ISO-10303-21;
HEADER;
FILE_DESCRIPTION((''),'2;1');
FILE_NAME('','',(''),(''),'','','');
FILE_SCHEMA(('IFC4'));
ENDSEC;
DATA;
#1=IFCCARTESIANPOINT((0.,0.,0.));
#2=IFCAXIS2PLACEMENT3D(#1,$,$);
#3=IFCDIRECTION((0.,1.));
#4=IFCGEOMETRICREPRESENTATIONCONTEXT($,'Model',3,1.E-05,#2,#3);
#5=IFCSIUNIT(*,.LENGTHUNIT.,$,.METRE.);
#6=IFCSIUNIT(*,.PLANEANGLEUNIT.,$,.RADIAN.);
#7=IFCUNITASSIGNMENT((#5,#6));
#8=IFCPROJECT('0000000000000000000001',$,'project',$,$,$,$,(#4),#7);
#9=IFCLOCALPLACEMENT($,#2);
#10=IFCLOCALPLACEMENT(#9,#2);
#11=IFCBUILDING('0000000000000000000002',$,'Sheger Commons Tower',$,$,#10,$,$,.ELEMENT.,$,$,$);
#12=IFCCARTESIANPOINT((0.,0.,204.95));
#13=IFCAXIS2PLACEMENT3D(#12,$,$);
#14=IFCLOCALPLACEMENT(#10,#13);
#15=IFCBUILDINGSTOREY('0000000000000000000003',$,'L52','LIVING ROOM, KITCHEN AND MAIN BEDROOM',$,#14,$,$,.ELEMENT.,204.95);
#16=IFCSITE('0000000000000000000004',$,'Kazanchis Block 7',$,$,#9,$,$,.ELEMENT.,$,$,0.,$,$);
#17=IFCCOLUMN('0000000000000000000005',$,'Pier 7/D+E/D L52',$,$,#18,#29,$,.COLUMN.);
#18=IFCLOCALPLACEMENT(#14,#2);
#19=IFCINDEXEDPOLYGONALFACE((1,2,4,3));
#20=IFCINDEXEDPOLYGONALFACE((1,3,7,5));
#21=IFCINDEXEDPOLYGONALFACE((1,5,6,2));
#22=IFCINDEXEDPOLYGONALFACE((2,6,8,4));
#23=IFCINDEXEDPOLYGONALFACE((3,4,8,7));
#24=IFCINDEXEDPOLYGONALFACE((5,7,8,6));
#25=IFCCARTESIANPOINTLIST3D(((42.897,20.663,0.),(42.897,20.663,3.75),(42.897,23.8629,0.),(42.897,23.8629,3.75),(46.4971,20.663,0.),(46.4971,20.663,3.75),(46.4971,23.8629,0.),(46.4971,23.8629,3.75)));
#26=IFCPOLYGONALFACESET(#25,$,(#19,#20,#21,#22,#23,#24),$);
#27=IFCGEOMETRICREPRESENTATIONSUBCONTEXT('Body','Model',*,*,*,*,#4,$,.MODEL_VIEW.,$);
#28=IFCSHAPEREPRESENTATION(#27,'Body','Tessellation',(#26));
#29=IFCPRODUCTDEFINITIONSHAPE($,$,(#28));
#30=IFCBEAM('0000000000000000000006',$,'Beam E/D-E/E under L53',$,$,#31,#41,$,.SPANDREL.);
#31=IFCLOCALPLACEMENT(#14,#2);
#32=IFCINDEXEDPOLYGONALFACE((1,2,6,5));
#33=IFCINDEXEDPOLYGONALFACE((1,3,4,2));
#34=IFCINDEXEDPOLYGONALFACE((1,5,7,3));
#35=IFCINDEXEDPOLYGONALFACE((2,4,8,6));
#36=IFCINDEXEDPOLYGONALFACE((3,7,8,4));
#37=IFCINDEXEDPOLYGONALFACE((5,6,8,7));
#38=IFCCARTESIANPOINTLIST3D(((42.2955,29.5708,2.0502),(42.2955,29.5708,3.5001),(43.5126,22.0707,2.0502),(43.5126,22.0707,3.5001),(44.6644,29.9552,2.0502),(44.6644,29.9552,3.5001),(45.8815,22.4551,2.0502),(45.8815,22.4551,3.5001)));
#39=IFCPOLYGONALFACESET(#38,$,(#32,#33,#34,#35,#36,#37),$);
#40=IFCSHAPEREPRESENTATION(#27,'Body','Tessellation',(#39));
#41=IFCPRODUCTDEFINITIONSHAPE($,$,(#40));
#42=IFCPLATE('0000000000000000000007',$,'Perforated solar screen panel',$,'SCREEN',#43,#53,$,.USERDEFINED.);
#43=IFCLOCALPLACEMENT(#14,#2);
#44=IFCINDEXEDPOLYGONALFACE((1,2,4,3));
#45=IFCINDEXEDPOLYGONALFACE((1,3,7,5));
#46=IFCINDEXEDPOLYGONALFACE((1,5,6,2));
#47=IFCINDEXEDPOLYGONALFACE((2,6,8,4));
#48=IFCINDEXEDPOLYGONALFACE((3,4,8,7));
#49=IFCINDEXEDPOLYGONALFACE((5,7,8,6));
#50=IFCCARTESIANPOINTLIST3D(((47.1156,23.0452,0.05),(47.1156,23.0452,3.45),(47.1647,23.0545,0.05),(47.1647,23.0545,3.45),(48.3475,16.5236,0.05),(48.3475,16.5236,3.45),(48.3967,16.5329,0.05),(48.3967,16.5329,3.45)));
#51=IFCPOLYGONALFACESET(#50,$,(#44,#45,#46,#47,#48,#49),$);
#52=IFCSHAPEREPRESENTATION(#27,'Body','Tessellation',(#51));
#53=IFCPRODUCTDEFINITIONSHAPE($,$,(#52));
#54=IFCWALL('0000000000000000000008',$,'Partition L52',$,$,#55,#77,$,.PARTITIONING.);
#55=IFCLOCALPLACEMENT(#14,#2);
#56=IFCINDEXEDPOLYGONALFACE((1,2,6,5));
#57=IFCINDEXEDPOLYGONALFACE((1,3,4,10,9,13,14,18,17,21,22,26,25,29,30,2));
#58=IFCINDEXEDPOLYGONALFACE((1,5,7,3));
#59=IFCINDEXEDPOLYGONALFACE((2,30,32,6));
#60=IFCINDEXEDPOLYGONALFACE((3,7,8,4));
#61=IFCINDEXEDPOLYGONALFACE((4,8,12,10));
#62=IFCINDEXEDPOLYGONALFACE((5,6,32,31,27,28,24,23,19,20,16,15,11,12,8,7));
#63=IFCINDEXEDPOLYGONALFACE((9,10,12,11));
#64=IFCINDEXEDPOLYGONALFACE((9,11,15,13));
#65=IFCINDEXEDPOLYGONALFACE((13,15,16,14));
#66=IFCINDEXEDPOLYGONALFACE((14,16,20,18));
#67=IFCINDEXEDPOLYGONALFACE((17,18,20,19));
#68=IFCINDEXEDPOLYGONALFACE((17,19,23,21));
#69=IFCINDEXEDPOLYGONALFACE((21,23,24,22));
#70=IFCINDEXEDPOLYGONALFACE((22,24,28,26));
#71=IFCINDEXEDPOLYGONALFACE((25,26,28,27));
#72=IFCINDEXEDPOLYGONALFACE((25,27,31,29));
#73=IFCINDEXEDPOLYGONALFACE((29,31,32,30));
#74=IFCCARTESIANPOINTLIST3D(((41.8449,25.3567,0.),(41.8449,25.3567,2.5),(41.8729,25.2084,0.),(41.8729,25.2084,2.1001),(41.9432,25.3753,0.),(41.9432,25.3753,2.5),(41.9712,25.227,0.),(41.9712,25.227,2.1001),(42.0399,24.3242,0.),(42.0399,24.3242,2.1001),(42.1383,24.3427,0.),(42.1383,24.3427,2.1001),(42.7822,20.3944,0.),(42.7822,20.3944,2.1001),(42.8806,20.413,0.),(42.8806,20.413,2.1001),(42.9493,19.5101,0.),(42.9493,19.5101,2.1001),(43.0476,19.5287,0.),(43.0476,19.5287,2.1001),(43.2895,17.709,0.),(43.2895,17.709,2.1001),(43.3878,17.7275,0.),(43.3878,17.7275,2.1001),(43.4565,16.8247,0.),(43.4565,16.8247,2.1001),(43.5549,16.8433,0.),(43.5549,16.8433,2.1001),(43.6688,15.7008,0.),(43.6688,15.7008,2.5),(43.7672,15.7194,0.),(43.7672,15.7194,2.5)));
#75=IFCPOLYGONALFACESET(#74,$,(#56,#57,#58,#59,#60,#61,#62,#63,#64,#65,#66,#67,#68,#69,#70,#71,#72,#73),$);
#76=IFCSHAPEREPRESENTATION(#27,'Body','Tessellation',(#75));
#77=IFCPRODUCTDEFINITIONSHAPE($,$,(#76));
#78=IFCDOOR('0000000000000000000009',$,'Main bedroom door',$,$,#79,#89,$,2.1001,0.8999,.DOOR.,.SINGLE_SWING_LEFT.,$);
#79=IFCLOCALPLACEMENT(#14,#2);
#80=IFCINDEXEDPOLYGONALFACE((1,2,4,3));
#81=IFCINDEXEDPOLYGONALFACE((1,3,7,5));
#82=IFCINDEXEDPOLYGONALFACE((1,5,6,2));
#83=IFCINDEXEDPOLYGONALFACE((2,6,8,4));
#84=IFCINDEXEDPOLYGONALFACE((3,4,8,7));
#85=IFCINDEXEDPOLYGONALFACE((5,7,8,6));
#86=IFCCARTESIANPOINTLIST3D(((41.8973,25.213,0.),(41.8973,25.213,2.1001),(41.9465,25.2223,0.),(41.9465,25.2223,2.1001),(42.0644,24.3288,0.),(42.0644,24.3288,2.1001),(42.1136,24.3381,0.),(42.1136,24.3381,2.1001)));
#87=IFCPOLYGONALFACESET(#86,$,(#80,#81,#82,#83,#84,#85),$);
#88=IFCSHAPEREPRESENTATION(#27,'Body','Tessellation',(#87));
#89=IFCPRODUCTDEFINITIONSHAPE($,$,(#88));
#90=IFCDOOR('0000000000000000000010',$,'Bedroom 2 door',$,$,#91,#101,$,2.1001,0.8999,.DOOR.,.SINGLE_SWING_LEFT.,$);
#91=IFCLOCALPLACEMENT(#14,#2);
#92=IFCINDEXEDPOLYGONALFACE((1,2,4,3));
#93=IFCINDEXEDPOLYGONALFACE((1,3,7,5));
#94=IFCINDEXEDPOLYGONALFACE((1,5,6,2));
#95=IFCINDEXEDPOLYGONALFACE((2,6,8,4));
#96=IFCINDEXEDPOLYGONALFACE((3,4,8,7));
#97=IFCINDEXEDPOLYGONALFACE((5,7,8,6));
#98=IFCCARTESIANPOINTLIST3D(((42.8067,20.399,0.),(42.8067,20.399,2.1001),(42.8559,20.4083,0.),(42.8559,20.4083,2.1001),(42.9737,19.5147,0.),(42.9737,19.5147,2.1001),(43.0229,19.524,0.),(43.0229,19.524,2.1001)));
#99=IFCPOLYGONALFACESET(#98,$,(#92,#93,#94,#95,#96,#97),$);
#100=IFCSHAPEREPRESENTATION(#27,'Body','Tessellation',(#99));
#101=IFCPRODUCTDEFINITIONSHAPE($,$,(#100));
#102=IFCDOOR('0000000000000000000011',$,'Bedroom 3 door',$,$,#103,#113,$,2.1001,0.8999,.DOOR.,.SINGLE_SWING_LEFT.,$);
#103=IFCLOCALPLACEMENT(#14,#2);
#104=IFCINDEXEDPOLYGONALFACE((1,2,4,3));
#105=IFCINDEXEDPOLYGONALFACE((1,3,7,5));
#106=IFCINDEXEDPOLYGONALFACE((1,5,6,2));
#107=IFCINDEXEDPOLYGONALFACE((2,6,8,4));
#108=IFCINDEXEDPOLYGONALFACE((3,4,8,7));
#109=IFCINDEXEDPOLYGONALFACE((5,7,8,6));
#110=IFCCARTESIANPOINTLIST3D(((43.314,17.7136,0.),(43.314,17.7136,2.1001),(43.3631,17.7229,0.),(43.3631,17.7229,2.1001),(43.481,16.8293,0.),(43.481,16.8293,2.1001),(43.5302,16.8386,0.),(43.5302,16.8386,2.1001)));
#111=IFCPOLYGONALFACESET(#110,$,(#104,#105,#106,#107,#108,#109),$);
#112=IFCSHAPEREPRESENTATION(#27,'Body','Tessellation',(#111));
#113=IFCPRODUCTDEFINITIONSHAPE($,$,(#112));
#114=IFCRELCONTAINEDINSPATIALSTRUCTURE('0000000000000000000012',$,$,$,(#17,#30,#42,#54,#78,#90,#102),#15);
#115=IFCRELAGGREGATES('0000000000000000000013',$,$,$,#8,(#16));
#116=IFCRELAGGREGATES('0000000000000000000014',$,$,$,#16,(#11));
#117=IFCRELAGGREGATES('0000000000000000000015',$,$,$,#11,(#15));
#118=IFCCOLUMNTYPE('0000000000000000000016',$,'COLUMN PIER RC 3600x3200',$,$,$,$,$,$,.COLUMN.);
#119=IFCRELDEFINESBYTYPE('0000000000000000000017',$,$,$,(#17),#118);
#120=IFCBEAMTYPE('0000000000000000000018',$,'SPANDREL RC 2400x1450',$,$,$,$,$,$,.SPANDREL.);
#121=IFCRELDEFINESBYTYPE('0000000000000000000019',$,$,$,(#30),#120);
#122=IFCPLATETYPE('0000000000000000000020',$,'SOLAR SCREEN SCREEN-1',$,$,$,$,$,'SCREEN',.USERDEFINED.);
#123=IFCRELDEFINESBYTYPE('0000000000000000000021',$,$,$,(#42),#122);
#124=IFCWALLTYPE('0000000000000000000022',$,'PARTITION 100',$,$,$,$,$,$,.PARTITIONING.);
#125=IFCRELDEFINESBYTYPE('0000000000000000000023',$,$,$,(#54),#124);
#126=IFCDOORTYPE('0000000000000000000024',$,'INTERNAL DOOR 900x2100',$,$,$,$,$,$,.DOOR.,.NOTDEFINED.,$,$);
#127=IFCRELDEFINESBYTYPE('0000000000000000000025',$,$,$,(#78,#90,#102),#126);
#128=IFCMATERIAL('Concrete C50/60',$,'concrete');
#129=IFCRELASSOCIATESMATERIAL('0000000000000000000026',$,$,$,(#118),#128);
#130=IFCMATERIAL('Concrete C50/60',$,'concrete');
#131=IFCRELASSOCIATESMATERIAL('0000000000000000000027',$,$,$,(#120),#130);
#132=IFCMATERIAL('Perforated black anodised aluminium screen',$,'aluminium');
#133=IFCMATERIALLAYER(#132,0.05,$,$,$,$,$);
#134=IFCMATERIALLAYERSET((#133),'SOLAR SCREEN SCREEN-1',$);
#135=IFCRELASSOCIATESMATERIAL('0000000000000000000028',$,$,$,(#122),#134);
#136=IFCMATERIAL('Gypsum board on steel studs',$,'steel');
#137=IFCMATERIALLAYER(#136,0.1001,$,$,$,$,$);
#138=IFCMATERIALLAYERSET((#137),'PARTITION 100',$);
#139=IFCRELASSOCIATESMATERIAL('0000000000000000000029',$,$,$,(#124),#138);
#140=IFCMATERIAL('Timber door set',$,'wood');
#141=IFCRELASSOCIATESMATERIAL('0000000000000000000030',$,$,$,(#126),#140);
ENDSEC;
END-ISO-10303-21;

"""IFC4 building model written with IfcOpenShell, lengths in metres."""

from ifc_helpers import new_model, si_unit, direction, frame, frame_2d, origin, origin_2d, place, context, subcontext, project, spatial, rectangle, extrude, material, layer, layer_set, material_profile, profile_set, type_object, element, fill, save


model = new_model("IFC4")

# Units and contexts
model_context = context("Model", 3, precision=1e-05, world=origin(), true_north=direction((0.0, 1.0)))
body_context = subcontext(model_context, "Body", "Model", "MODEL_VIEW")
ifc_project = project(units=[si_unit("LENGTHUNIT", "METRE"), si_unit("PLANEANGLEUNIT", "RADIAN")], contexts=[model_context])

# Site, building, storey
site_placement = place(None, origin())
site = spatial("IfcSite", under=ifc_project, at=site_placement, Name="Kazanchis Block 7", CompositionType="ELEMENT", RefElevation=0.0)
building_placement = place(site_placement, origin())
building = spatial("IfcBuilding", under=site, at=building_placement, Name="Sheger Commons Tower", CompositionType="ELEMENT")
storey_placement = place(building_placement, frame((0.0, 0.0, 204.95)))
storey = spatial("IfcBuildingStorey", under=building, at=storey_placement, Name="L52", Description="LIVING ROOM, KITCHEN AND MAIN BEDROOM", CompositionType="ELEMENT", Elevation=204.95)

# Column
ifc_material_1 = material(Name="Concrete C50/60", Category="concrete")
ifc_material_profile_1 = material_profile(ifc_material_1, rectangle(XDim=3.6001, YDim=3.2, at=origin_2d()), Name="RC 3600x3200")
ifc_profile_set_1 = profile_set([ifc_material_profile_1], Name="Concrete C50/60")
column_type = type_object("IfcColumnType", Name="COLUMN PIER RC 3600x3200", PredefinedType="COLUMN", material=ifc_profile_set_1)
column_placement = place(storey_placement, frame((44.697, 22.2629, 0.0), z_axis=(0.0, 0.0, 1.0), x_axis=(1.0, 0.0, 0.0)))
element("IfcColumn", 1, at=column_placement, inside=storey, type_object=column_type, Name="Pier 7/D+E/D L52", PredefinedType="COLUMN", context=body_context, shape_type="SweptSolid", body=[
    extrude(rectangle(XDim=3.6001, YDim=3.2, at=origin_2d()), origin(), (0.0, 0.0, 1.0), 3.75),
])

# Beam
ifc_material_2 = material(Name="Concrete C50/60", Category="concrete")
ifc_material_profile_2 = material_profile(ifc_material_2, rectangle(XDim=2.3999, YDim=1.45, at=origin_2d()), Name="RC 2400x1450")
ifc_profile_set_2 = profile_set([ifc_material_profile_2], Name="Concrete C50/60")
beam_type = type_object("IfcBeamType", Name="SPANDREL RC 2400x1450", PredefinedType="SPANDREL", material=ifc_profile_set_2)
beam_placement = place(storey_placement, frame((44.697, 22.2629, 2.7751), z_axis=(-0.160177, 0.987088, 0.0), x_axis=(-0.987088, -0.160177, 0.0)))
element("IfcBeam", 2, at=beam_placement, inside=storey, type_object=beam_type, Name="Beam E/D-E/E under L53", PredefinedType="SPANDREL", context=body_context, shape_type="SweptSolid", body=[
    extrude(rectangle(XDim=2.3999, YDim=1.45, at=origin_2d()), origin(), (0.0, 0.0, 1.0), 7.5981),
])

# Plate
ifc_material_3 = material(Name="Perforated black anodised aluminium screen", Category="aluminium")
ifc_layer_1 = layer(ifc_material_3, 0.05)
ifc_layer_set_1 = layer_set([ifc_layer_1], Name="SOLAR SCREEN SCREEN-1")
plate_type = type_object("IfcPlateType", Name="SOLAR SCREEN SCREEN-1", ElementType="SCREEN", PredefinedType="USERDEFINED", material=ifc_layer_set_1)
plate_placement = place(storey_placement, frame((47.7561, 19.7891, 0.05), z_axis=(0.0, 0.0, 1.0), x_axis=(-0.185615, 0.982623, 0.0)))
element("IfcPlate", 3, at=plate_placement, inside=storey, type_object=plate_type, Name="Perforated solar screen panel", ObjectType="SCREEN", PredefinedType="USERDEFINED", context=body_context, shape_type="SweptSolid", body=[
    extrude(rectangle(XDim=6.637, YDim=0.05, at=origin_2d()), origin(), (0.0, 0.0, 1.0), 3.3999),
])

# Wall, openings, doors
ifc_material_4 = material(Name="Gypsum board on steel studs", Category="steel")
ifc_layer_2 = layer(ifc_material_4, 0.1001)
ifc_layer_set_2 = layer_set([ifc_layer_2], Name="PARTITION 100")
wall_type = type_object("IfcWallType", Name="PARTITION 100", PredefinedType="PARTITIONING", material=ifc_layer_set_2)
wall_1_placement = place(storey_placement, frame((41.894, 25.366, 0.0), z_axis=(0.0, 0.0, 1.0), x_axis=(0.185613, -0.982623, 0.0)))
wall_1 = element("IfcWall", 4, at=wall_1_placement, inside=storey, type_object=wall_type, Name="Partition L52", PredefinedType="PARTITIONING", context=body_context, shape_type="SweptSolid", body=[
    extrude(rectangle(XDim=9.8267, YDim=0.1001, at=frame_2d((4.9133, 0.0))), origin(), (0.0, 0.0, 1.0), 2.5),
])
opening_1_placement = place(wall_1_placement, frame((0.1509, 0.0, 0.0)))
opening_1 = element("IfcOpeningElement", 5, at=opening_1_placement, cuts=wall_1, PredefinedType="OPENING", context=body_context, shape_type="SweptSolid", body=[
    extrude(rectangle(XDim=0.8999, YDim=2.1001, at=frame_2d((0.45, 1.05))), frame((0.0, 0.0601, 0.0), z_axis=(0.0, -1.0, 0.0), x_axis=(1.0, 0.0, 0.0)), (0.0, 0.0, 1.0), 0.1201),
])
opening_2_placement = place(wall_1_placement, frame((5.05, 0.0, 0.0)))
opening_2 = element("IfcOpeningElement", 6, at=opening_2_placement, cuts=wall_1, PredefinedType="OPENING", context=body_context, shape_type="SweptSolid", body=[
    extrude(rectangle(XDim=0.8999, YDim=2.1001, at=frame_2d((0.45, 1.05))), frame((0.0, 0.0601, 0.0), z_axis=(0.0, -1.0, 0.0), x_axis=(1.0, 0.0, 0.0)), (0.0, 0.0, 1.0), 0.1201),
])
opening_3_placement = place(wall_1_placement, frame((7.783, 0.0, 0.0)))
opening_3 = element("IfcOpeningElement", 7, at=opening_3_placement, cuts=wall_1, PredefinedType="OPENING", context=body_context, shape_type="SweptSolid", body=[
    extrude(rectangle(XDim=0.8999, YDim=2.1001, at=frame_2d((0.45, 1.05))), frame((0.0, 0.0601, 0.0), z_axis=(0.0, -1.0, 0.0), x_axis=(1.0, 0.0, 0.0)), (0.0, 0.0, 1.0), 0.1201),
])
ifc_material_5 = material(Name="Timber door set", Category="wood")
door_type = type_object("IfcDoorType", Name="INTERNAL DOOR 900x2100", OperationType="NOTDEFINED", PredefinedType="DOOR", material=ifc_material_5)
door_1_placement = place(opening_1_placement, origin())
door_1 = element("IfcDoor", 8, at=door_1_placement, inside=storey, type_object=door_type, Name="Main bedroom door", OperationType="SINGLE_SWING_LEFT", OverallHeight=2.1001, OverallWidth=0.8999, PredefinedType="DOOR", context=body_context, shape_type="SweptSolid", body=[
    extrude(rectangle(XDim=0.8999, YDim=2.1001, at=frame_2d((0.45, 1.05))), frame((0.0, 0.0249, 0.0), z_axis=(0.0, -1.0, 0.0), x_axis=(1.0, 0.0, 0.0)), (0.0, 0.0, 1.0), 0.05),
])
fill(opening_1, door_1)
door_2_placement = place(opening_2_placement, origin())
door_2 = element("IfcDoor", 9, at=door_2_placement, inside=storey, type_object=door_type, Name="Bedroom 2 door", OperationType="SINGLE_SWING_LEFT", OverallHeight=2.1001, OverallWidth=0.8999, PredefinedType="DOOR", context=body_context, shape_type="SweptSolid", body=[
    extrude(rectangle(XDim=0.8999, YDim=2.1001, at=frame_2d((0.45, 1.05))), frame((0.0, 0.0249, 0.0), z_axis=(0.0, -1.0, 0.0), x_axis=(1.0, 0.0, 0.0)), (0.0, 0.0, 1.0), 0.05),
])
fill(opening_2, door_2)
door_3_placement = place(opening_3_placement, origin())
door_3 = element("IfcDoor", 10, at=door_3_placement, inside=storey, type_object=door_type, Name="Bedroom 3 door", OperationType="SINGLE_SWING_LEFT", OverallHeight=2.1001, OverallWidth=0.8999, PredefinedType="DOOR", context=body_context, shape_type="SweptSolid", body=[
    extrude(rectangle(XDim=0.8999, YDim=2.1001, at=frame_2d((0.45, 1.05))), frame((0.0, 0.0249, 0.0), z_axis=(0.0, -1.0, 0.0), x_axis=(1.0, 0.0, 0.0)), (0.0, 0.0, 1.0), 0.05),
])
fill(opening_3, door_3)

save(model, "model.ifc")
